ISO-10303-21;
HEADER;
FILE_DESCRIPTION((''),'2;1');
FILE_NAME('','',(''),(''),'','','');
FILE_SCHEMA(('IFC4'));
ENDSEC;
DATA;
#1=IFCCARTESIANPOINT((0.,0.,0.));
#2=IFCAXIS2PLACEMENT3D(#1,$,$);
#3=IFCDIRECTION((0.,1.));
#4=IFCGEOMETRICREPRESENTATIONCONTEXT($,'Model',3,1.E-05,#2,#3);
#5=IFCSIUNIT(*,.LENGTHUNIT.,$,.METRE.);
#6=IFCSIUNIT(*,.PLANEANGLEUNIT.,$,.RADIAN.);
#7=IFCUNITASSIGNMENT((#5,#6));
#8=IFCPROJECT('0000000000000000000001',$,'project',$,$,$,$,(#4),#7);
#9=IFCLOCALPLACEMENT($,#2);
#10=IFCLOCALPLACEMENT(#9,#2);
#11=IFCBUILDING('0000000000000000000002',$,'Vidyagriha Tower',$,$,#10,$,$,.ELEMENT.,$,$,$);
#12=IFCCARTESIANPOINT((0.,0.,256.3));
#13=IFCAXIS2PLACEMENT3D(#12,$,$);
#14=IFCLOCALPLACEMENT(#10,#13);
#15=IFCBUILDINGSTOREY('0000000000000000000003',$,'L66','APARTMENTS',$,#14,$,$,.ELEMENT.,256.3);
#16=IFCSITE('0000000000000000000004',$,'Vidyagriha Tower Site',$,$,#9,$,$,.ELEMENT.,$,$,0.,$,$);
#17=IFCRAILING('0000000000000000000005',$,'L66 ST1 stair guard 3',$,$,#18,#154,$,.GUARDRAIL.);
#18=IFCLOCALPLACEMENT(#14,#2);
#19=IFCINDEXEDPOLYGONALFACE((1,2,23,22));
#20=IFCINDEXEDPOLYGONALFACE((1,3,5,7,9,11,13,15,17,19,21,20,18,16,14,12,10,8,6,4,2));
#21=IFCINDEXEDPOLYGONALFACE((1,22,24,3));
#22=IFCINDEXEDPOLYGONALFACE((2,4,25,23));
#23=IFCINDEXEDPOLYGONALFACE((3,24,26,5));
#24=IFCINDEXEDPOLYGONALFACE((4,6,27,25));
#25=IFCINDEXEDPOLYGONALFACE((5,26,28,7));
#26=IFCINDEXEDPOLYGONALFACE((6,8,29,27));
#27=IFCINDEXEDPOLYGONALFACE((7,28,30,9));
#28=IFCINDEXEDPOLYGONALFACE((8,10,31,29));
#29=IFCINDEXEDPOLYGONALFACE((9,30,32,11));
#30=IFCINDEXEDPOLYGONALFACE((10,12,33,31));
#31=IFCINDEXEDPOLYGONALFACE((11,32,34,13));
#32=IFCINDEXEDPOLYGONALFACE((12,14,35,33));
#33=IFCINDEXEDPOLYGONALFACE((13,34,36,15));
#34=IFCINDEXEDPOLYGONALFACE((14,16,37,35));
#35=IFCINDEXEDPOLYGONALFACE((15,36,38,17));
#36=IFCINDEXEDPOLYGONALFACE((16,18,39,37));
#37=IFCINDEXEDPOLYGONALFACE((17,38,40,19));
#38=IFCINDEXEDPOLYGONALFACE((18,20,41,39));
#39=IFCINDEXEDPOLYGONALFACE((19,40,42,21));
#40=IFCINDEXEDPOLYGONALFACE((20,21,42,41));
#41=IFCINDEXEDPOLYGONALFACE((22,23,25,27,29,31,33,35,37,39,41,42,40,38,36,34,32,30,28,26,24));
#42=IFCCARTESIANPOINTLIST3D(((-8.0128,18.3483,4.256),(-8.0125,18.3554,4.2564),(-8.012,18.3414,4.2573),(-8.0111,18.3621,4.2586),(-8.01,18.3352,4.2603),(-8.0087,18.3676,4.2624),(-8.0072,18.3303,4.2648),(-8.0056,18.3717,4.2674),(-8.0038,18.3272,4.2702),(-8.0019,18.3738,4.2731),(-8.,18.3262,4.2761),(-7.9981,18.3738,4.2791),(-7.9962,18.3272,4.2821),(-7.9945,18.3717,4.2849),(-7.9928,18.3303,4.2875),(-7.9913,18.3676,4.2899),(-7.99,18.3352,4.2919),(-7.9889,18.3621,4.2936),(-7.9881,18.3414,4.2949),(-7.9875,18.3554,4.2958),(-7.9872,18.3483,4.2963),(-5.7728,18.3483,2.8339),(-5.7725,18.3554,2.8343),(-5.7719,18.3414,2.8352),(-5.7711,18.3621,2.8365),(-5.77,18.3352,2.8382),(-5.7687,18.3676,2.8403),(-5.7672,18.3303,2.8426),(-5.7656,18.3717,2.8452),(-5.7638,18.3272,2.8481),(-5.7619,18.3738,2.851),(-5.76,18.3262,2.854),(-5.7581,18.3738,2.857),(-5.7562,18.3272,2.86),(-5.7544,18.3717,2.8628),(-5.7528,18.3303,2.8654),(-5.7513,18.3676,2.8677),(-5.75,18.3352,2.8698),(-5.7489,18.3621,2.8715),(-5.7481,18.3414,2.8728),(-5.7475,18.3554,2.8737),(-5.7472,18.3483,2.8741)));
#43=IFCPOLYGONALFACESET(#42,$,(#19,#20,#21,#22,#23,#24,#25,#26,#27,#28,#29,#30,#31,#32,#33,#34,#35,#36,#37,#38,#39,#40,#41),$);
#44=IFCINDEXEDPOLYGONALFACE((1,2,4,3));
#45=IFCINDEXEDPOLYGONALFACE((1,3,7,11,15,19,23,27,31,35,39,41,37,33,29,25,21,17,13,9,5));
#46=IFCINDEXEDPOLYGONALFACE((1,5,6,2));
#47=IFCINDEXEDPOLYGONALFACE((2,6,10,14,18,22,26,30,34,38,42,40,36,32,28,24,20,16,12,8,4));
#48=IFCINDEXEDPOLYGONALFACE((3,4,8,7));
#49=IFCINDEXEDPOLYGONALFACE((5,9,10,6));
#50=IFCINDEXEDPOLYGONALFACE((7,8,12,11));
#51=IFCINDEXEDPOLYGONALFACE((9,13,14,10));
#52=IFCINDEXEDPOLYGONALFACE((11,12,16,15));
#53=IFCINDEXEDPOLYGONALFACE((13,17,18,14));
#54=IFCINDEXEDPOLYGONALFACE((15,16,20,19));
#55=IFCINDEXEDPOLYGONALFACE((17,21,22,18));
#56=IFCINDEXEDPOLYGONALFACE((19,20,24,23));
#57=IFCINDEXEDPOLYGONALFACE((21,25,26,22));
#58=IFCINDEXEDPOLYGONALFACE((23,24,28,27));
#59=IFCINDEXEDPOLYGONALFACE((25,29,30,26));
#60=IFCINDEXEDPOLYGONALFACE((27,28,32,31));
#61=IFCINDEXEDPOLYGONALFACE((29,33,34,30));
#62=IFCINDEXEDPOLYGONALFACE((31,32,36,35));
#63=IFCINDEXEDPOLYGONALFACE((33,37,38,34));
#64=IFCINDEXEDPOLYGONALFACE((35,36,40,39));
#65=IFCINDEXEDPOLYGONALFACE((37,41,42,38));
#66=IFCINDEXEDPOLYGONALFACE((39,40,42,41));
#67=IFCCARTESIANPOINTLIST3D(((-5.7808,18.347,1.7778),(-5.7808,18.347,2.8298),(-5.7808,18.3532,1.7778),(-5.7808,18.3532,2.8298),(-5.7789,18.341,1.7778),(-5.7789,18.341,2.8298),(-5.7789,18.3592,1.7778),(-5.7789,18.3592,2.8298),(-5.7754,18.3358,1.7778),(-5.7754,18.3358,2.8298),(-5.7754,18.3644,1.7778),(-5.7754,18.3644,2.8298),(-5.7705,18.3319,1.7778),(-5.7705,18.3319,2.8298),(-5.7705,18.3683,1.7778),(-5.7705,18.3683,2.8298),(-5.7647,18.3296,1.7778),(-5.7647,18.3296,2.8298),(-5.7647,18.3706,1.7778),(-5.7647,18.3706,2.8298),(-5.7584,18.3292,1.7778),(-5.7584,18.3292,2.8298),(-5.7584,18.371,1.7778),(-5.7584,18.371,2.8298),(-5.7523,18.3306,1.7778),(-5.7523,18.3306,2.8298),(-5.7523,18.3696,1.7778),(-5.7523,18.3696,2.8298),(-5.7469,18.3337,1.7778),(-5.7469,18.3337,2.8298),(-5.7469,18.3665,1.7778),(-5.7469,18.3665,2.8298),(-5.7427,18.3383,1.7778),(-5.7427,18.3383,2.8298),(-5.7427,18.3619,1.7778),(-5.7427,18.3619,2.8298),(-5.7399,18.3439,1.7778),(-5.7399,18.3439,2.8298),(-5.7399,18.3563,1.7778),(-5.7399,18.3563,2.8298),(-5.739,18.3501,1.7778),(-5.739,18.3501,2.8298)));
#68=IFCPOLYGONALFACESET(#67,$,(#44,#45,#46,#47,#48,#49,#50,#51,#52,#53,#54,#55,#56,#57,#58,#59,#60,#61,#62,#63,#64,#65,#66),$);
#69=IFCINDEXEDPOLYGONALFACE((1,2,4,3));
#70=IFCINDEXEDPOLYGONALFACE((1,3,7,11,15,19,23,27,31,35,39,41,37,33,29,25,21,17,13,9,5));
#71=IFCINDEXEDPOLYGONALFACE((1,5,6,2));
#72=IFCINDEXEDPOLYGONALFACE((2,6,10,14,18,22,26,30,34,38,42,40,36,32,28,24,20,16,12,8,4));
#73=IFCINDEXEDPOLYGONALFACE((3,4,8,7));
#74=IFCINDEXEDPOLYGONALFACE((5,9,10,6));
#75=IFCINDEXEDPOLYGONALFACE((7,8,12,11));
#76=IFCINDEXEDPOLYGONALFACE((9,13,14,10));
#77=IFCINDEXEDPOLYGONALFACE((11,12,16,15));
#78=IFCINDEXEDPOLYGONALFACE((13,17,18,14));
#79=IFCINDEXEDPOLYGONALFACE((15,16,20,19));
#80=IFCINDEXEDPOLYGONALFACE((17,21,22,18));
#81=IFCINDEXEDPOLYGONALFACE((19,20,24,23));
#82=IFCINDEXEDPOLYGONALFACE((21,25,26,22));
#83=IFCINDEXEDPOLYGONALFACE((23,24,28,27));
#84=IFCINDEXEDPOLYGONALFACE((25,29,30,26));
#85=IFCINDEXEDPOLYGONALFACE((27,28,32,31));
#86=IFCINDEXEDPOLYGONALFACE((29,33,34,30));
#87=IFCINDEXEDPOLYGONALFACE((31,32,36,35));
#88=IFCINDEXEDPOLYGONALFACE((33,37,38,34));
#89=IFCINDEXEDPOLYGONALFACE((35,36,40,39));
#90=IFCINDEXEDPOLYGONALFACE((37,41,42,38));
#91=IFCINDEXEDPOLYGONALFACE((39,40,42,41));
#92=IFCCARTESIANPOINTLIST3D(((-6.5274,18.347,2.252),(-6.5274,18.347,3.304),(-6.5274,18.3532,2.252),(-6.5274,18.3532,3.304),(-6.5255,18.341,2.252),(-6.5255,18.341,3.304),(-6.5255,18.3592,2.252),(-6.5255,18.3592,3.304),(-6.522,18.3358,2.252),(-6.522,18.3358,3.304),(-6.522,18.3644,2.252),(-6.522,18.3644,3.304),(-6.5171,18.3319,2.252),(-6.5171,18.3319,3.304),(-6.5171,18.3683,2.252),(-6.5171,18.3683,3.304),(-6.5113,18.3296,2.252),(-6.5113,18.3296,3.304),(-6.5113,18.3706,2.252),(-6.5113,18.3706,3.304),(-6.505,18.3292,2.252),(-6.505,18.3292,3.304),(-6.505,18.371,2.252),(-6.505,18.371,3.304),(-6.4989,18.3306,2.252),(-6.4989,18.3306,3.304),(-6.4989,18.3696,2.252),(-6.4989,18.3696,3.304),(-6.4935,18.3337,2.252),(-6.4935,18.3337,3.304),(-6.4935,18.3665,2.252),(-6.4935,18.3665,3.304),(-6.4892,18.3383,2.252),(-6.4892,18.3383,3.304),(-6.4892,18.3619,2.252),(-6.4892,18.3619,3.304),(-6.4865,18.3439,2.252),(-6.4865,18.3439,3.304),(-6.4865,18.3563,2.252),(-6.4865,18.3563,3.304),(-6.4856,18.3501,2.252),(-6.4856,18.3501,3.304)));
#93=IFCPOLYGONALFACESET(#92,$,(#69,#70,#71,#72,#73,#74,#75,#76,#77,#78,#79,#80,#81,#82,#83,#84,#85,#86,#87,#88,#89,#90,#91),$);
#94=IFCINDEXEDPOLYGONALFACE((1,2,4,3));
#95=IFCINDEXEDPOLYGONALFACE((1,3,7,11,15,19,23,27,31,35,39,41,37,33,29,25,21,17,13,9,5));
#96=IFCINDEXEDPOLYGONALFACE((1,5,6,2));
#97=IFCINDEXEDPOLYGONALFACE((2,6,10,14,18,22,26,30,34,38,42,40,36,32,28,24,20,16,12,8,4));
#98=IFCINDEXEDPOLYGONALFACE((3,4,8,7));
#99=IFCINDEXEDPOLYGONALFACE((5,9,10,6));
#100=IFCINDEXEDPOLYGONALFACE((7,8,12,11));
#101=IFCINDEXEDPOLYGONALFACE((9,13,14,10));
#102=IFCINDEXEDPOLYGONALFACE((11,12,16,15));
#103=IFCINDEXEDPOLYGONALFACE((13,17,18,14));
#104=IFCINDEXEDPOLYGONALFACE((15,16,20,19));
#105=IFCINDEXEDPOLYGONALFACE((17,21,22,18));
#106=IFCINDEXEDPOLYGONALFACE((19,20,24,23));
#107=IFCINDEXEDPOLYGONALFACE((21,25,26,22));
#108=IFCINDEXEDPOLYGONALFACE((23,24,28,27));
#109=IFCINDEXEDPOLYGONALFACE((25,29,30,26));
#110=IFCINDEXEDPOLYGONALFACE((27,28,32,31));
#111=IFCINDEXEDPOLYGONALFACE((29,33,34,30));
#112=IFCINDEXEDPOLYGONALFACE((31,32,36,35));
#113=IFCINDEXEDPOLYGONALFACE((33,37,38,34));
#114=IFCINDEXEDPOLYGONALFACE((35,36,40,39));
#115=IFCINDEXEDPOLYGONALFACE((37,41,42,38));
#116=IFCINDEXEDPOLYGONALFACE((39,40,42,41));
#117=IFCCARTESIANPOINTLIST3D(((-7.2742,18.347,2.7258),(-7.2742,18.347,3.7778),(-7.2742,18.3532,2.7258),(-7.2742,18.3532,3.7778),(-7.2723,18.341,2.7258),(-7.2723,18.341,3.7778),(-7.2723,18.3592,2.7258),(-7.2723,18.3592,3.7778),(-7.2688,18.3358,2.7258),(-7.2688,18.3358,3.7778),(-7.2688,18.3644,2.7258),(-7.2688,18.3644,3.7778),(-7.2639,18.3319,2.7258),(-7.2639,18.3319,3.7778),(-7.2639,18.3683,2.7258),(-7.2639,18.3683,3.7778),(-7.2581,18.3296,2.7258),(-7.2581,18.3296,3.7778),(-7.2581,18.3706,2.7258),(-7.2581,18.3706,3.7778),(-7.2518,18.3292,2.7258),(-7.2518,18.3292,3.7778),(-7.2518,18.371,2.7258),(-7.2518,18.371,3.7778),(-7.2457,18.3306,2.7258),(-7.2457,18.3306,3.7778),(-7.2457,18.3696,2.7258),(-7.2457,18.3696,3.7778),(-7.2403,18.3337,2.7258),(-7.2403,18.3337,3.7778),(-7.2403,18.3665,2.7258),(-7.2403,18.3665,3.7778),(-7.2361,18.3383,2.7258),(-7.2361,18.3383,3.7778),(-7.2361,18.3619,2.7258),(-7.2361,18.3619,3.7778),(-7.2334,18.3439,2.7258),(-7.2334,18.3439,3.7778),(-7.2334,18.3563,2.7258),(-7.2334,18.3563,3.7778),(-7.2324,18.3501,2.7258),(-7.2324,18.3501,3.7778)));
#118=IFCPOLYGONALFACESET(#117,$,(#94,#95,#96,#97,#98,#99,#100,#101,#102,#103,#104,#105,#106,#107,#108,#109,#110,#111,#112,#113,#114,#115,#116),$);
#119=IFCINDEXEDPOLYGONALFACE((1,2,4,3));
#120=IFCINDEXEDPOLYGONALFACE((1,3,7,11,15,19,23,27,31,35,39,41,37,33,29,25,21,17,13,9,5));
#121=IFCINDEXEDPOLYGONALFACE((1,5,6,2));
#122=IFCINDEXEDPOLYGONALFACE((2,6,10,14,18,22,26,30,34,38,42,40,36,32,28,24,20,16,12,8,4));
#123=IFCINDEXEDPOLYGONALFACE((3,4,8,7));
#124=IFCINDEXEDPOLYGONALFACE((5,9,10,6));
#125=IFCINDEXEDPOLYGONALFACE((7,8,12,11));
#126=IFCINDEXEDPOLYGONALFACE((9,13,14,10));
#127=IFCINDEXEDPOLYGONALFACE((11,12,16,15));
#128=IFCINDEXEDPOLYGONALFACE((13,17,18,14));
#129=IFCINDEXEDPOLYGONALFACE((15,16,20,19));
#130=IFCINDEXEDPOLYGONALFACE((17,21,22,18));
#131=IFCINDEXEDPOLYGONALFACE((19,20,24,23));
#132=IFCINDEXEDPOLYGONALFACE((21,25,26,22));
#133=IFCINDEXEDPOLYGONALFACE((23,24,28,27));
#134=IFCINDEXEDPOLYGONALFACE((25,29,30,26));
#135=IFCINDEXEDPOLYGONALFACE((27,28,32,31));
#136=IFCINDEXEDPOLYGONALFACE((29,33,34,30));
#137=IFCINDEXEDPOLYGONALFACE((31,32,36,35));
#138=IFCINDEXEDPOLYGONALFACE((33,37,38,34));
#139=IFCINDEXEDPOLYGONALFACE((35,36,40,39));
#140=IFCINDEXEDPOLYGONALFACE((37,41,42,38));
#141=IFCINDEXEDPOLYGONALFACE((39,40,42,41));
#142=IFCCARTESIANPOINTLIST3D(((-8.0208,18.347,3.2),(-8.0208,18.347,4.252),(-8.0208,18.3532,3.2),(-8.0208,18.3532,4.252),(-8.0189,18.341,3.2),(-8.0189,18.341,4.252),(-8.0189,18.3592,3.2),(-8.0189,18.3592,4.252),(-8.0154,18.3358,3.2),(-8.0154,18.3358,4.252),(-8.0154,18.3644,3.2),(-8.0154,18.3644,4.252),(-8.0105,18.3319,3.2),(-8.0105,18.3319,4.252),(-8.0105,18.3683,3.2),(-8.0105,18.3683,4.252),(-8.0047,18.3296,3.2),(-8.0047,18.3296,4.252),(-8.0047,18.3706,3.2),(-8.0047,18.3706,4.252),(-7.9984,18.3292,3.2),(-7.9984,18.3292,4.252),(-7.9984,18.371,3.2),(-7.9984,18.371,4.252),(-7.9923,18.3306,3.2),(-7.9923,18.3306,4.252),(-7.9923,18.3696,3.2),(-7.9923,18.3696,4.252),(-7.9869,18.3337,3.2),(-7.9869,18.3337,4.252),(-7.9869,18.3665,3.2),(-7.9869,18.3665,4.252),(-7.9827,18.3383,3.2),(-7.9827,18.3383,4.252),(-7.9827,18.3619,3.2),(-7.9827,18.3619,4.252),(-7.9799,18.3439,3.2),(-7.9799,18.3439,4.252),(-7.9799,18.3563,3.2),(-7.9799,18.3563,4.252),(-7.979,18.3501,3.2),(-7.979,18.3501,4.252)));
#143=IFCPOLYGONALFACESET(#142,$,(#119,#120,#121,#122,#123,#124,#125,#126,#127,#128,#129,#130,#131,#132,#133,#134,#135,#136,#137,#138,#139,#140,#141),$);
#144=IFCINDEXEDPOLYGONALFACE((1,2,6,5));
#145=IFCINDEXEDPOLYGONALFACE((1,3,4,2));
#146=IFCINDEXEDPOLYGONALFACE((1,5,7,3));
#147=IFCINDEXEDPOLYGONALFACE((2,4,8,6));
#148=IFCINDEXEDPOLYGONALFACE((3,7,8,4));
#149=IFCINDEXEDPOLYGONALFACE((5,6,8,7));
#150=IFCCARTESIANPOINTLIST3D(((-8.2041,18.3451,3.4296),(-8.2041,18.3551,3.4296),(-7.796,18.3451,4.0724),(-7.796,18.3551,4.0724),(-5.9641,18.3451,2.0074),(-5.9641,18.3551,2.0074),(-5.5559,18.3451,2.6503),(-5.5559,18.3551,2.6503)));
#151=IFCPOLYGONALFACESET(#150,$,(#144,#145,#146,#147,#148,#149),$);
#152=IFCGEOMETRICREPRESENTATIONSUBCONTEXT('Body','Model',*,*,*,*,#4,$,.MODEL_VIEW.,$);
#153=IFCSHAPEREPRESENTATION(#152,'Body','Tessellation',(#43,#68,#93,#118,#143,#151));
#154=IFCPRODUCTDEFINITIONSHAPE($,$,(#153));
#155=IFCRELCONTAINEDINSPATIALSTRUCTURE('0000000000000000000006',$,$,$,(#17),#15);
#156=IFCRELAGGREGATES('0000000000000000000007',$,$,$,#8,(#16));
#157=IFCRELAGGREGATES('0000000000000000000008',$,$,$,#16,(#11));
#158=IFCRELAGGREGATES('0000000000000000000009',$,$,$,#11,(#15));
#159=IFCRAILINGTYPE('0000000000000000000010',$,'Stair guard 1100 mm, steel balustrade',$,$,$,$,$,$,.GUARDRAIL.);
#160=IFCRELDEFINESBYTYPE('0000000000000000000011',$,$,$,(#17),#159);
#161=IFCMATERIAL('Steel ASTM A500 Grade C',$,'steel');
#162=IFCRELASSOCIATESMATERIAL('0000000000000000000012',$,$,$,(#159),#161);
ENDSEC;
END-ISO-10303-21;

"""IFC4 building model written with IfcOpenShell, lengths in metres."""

from ifc_helpers import new_model, si_unit, direction, frame, origin, origin_2d, place, context, subcontext, project, spatial, rectangle, circle, extrude, material, type_object, element, save


model = new_model("IFC4")

# Units and contexts
model_context = context("Model", 3, precision=1e-05, world=origin(), true_north=direction((0.0, 1.0)))
body_context = subcontext(model_context, "Body", "Model", "MODEL_VIEW")
ifc_project = project(units=[si_unit("LENGTHUNIT", "METRE"), si_unit("PLANEANGLEUNIT", "RADIAN")], contexts=[model_context])

# Site, building, storey
site_placement = place(None, origin())
site = spatial("IfcSite", under=ifc_project, at=site_placement, Name="Vidyagriha Tower Site", CompositionType="ELEMENT", RefElevation=0.0)
building_placement = place(site_placement, origin())
building = spatial("IfcBuilding", under=site, at=building_placement, Name="Vidyagriha Tower", CompositionType="ELEMENT")
storey_placement = place(building_placement, frame((0.0, 0.0, 256.3)))
storey = spatial("IfcBuildingStorey", under=building, at=storey_placement, Name="L66", Description="APARTMENTS", CompositionType="ELEMENT", Elevation=256.3)

# Railing
ifc_material_1 = material(Name="Steel ASTM A500 Grade C", Category="steel")
railing_type_1 = type_object("IfcRailingType", Name="Stair guard 1100 mm, steel balustrade", PredefinedType="GUARDRAIL", material=ifc_material_1)
railing_1_placement = place(storey_placement, frame((-5.76, 18.3501, 1.7778)))
element("IfcRailing", 1, at=railing_1_placement, inside=storey, type_object=railing_type_1, Name="L66 ST1 stair guard 3", PredefinedType="GUARDRAIL", context=body_context, shape_type="SweptSolid", body=[
    extrude(circle(Radius=0.0239, at=origin_2d()), frame((0.0, 0.0, 1.0762), z_axis=(-0.844229, 0.0, 0.535982), x_axis=(0.0, -1.0, 0.0)), (0.0, 0.0, 1.0), 2.6533),
    extrude(circle(Radius=0.021, at=origin_2d()), origin(), (0.0, 0.0, 1.0), 1.052),
    extrude(circle(Radius=0.021, at=origin_2d()), frame((-0.7466, 0.0, 0.4741)), (0.0, 0.0, 1.0), 1.052),
    extrude(circle(Radius=0.021, at=origin_2d()), frame((-1.4934, 0.0, 0.948)), (0.0, 0.0, 1.0), 1.052),
    extrude(circle(Radius=0.021, at=origin_2d()), frame((-2.24, 0.0, 1.4221)), (0.0, 0.0, 1.0), 1.052),
    extrude(rectangle(XDim=0.01, YDim=0.7615, at=origin_2d()), frame((0.0, 0.0, 0.551), z_axis=(-0.844229, 0.0, 0.535982), x_axis=(0.0, -1.0, 0.0)), (0.0, 0.0, 1.0), 2.6533),
])

save(model, "model.ifc")
